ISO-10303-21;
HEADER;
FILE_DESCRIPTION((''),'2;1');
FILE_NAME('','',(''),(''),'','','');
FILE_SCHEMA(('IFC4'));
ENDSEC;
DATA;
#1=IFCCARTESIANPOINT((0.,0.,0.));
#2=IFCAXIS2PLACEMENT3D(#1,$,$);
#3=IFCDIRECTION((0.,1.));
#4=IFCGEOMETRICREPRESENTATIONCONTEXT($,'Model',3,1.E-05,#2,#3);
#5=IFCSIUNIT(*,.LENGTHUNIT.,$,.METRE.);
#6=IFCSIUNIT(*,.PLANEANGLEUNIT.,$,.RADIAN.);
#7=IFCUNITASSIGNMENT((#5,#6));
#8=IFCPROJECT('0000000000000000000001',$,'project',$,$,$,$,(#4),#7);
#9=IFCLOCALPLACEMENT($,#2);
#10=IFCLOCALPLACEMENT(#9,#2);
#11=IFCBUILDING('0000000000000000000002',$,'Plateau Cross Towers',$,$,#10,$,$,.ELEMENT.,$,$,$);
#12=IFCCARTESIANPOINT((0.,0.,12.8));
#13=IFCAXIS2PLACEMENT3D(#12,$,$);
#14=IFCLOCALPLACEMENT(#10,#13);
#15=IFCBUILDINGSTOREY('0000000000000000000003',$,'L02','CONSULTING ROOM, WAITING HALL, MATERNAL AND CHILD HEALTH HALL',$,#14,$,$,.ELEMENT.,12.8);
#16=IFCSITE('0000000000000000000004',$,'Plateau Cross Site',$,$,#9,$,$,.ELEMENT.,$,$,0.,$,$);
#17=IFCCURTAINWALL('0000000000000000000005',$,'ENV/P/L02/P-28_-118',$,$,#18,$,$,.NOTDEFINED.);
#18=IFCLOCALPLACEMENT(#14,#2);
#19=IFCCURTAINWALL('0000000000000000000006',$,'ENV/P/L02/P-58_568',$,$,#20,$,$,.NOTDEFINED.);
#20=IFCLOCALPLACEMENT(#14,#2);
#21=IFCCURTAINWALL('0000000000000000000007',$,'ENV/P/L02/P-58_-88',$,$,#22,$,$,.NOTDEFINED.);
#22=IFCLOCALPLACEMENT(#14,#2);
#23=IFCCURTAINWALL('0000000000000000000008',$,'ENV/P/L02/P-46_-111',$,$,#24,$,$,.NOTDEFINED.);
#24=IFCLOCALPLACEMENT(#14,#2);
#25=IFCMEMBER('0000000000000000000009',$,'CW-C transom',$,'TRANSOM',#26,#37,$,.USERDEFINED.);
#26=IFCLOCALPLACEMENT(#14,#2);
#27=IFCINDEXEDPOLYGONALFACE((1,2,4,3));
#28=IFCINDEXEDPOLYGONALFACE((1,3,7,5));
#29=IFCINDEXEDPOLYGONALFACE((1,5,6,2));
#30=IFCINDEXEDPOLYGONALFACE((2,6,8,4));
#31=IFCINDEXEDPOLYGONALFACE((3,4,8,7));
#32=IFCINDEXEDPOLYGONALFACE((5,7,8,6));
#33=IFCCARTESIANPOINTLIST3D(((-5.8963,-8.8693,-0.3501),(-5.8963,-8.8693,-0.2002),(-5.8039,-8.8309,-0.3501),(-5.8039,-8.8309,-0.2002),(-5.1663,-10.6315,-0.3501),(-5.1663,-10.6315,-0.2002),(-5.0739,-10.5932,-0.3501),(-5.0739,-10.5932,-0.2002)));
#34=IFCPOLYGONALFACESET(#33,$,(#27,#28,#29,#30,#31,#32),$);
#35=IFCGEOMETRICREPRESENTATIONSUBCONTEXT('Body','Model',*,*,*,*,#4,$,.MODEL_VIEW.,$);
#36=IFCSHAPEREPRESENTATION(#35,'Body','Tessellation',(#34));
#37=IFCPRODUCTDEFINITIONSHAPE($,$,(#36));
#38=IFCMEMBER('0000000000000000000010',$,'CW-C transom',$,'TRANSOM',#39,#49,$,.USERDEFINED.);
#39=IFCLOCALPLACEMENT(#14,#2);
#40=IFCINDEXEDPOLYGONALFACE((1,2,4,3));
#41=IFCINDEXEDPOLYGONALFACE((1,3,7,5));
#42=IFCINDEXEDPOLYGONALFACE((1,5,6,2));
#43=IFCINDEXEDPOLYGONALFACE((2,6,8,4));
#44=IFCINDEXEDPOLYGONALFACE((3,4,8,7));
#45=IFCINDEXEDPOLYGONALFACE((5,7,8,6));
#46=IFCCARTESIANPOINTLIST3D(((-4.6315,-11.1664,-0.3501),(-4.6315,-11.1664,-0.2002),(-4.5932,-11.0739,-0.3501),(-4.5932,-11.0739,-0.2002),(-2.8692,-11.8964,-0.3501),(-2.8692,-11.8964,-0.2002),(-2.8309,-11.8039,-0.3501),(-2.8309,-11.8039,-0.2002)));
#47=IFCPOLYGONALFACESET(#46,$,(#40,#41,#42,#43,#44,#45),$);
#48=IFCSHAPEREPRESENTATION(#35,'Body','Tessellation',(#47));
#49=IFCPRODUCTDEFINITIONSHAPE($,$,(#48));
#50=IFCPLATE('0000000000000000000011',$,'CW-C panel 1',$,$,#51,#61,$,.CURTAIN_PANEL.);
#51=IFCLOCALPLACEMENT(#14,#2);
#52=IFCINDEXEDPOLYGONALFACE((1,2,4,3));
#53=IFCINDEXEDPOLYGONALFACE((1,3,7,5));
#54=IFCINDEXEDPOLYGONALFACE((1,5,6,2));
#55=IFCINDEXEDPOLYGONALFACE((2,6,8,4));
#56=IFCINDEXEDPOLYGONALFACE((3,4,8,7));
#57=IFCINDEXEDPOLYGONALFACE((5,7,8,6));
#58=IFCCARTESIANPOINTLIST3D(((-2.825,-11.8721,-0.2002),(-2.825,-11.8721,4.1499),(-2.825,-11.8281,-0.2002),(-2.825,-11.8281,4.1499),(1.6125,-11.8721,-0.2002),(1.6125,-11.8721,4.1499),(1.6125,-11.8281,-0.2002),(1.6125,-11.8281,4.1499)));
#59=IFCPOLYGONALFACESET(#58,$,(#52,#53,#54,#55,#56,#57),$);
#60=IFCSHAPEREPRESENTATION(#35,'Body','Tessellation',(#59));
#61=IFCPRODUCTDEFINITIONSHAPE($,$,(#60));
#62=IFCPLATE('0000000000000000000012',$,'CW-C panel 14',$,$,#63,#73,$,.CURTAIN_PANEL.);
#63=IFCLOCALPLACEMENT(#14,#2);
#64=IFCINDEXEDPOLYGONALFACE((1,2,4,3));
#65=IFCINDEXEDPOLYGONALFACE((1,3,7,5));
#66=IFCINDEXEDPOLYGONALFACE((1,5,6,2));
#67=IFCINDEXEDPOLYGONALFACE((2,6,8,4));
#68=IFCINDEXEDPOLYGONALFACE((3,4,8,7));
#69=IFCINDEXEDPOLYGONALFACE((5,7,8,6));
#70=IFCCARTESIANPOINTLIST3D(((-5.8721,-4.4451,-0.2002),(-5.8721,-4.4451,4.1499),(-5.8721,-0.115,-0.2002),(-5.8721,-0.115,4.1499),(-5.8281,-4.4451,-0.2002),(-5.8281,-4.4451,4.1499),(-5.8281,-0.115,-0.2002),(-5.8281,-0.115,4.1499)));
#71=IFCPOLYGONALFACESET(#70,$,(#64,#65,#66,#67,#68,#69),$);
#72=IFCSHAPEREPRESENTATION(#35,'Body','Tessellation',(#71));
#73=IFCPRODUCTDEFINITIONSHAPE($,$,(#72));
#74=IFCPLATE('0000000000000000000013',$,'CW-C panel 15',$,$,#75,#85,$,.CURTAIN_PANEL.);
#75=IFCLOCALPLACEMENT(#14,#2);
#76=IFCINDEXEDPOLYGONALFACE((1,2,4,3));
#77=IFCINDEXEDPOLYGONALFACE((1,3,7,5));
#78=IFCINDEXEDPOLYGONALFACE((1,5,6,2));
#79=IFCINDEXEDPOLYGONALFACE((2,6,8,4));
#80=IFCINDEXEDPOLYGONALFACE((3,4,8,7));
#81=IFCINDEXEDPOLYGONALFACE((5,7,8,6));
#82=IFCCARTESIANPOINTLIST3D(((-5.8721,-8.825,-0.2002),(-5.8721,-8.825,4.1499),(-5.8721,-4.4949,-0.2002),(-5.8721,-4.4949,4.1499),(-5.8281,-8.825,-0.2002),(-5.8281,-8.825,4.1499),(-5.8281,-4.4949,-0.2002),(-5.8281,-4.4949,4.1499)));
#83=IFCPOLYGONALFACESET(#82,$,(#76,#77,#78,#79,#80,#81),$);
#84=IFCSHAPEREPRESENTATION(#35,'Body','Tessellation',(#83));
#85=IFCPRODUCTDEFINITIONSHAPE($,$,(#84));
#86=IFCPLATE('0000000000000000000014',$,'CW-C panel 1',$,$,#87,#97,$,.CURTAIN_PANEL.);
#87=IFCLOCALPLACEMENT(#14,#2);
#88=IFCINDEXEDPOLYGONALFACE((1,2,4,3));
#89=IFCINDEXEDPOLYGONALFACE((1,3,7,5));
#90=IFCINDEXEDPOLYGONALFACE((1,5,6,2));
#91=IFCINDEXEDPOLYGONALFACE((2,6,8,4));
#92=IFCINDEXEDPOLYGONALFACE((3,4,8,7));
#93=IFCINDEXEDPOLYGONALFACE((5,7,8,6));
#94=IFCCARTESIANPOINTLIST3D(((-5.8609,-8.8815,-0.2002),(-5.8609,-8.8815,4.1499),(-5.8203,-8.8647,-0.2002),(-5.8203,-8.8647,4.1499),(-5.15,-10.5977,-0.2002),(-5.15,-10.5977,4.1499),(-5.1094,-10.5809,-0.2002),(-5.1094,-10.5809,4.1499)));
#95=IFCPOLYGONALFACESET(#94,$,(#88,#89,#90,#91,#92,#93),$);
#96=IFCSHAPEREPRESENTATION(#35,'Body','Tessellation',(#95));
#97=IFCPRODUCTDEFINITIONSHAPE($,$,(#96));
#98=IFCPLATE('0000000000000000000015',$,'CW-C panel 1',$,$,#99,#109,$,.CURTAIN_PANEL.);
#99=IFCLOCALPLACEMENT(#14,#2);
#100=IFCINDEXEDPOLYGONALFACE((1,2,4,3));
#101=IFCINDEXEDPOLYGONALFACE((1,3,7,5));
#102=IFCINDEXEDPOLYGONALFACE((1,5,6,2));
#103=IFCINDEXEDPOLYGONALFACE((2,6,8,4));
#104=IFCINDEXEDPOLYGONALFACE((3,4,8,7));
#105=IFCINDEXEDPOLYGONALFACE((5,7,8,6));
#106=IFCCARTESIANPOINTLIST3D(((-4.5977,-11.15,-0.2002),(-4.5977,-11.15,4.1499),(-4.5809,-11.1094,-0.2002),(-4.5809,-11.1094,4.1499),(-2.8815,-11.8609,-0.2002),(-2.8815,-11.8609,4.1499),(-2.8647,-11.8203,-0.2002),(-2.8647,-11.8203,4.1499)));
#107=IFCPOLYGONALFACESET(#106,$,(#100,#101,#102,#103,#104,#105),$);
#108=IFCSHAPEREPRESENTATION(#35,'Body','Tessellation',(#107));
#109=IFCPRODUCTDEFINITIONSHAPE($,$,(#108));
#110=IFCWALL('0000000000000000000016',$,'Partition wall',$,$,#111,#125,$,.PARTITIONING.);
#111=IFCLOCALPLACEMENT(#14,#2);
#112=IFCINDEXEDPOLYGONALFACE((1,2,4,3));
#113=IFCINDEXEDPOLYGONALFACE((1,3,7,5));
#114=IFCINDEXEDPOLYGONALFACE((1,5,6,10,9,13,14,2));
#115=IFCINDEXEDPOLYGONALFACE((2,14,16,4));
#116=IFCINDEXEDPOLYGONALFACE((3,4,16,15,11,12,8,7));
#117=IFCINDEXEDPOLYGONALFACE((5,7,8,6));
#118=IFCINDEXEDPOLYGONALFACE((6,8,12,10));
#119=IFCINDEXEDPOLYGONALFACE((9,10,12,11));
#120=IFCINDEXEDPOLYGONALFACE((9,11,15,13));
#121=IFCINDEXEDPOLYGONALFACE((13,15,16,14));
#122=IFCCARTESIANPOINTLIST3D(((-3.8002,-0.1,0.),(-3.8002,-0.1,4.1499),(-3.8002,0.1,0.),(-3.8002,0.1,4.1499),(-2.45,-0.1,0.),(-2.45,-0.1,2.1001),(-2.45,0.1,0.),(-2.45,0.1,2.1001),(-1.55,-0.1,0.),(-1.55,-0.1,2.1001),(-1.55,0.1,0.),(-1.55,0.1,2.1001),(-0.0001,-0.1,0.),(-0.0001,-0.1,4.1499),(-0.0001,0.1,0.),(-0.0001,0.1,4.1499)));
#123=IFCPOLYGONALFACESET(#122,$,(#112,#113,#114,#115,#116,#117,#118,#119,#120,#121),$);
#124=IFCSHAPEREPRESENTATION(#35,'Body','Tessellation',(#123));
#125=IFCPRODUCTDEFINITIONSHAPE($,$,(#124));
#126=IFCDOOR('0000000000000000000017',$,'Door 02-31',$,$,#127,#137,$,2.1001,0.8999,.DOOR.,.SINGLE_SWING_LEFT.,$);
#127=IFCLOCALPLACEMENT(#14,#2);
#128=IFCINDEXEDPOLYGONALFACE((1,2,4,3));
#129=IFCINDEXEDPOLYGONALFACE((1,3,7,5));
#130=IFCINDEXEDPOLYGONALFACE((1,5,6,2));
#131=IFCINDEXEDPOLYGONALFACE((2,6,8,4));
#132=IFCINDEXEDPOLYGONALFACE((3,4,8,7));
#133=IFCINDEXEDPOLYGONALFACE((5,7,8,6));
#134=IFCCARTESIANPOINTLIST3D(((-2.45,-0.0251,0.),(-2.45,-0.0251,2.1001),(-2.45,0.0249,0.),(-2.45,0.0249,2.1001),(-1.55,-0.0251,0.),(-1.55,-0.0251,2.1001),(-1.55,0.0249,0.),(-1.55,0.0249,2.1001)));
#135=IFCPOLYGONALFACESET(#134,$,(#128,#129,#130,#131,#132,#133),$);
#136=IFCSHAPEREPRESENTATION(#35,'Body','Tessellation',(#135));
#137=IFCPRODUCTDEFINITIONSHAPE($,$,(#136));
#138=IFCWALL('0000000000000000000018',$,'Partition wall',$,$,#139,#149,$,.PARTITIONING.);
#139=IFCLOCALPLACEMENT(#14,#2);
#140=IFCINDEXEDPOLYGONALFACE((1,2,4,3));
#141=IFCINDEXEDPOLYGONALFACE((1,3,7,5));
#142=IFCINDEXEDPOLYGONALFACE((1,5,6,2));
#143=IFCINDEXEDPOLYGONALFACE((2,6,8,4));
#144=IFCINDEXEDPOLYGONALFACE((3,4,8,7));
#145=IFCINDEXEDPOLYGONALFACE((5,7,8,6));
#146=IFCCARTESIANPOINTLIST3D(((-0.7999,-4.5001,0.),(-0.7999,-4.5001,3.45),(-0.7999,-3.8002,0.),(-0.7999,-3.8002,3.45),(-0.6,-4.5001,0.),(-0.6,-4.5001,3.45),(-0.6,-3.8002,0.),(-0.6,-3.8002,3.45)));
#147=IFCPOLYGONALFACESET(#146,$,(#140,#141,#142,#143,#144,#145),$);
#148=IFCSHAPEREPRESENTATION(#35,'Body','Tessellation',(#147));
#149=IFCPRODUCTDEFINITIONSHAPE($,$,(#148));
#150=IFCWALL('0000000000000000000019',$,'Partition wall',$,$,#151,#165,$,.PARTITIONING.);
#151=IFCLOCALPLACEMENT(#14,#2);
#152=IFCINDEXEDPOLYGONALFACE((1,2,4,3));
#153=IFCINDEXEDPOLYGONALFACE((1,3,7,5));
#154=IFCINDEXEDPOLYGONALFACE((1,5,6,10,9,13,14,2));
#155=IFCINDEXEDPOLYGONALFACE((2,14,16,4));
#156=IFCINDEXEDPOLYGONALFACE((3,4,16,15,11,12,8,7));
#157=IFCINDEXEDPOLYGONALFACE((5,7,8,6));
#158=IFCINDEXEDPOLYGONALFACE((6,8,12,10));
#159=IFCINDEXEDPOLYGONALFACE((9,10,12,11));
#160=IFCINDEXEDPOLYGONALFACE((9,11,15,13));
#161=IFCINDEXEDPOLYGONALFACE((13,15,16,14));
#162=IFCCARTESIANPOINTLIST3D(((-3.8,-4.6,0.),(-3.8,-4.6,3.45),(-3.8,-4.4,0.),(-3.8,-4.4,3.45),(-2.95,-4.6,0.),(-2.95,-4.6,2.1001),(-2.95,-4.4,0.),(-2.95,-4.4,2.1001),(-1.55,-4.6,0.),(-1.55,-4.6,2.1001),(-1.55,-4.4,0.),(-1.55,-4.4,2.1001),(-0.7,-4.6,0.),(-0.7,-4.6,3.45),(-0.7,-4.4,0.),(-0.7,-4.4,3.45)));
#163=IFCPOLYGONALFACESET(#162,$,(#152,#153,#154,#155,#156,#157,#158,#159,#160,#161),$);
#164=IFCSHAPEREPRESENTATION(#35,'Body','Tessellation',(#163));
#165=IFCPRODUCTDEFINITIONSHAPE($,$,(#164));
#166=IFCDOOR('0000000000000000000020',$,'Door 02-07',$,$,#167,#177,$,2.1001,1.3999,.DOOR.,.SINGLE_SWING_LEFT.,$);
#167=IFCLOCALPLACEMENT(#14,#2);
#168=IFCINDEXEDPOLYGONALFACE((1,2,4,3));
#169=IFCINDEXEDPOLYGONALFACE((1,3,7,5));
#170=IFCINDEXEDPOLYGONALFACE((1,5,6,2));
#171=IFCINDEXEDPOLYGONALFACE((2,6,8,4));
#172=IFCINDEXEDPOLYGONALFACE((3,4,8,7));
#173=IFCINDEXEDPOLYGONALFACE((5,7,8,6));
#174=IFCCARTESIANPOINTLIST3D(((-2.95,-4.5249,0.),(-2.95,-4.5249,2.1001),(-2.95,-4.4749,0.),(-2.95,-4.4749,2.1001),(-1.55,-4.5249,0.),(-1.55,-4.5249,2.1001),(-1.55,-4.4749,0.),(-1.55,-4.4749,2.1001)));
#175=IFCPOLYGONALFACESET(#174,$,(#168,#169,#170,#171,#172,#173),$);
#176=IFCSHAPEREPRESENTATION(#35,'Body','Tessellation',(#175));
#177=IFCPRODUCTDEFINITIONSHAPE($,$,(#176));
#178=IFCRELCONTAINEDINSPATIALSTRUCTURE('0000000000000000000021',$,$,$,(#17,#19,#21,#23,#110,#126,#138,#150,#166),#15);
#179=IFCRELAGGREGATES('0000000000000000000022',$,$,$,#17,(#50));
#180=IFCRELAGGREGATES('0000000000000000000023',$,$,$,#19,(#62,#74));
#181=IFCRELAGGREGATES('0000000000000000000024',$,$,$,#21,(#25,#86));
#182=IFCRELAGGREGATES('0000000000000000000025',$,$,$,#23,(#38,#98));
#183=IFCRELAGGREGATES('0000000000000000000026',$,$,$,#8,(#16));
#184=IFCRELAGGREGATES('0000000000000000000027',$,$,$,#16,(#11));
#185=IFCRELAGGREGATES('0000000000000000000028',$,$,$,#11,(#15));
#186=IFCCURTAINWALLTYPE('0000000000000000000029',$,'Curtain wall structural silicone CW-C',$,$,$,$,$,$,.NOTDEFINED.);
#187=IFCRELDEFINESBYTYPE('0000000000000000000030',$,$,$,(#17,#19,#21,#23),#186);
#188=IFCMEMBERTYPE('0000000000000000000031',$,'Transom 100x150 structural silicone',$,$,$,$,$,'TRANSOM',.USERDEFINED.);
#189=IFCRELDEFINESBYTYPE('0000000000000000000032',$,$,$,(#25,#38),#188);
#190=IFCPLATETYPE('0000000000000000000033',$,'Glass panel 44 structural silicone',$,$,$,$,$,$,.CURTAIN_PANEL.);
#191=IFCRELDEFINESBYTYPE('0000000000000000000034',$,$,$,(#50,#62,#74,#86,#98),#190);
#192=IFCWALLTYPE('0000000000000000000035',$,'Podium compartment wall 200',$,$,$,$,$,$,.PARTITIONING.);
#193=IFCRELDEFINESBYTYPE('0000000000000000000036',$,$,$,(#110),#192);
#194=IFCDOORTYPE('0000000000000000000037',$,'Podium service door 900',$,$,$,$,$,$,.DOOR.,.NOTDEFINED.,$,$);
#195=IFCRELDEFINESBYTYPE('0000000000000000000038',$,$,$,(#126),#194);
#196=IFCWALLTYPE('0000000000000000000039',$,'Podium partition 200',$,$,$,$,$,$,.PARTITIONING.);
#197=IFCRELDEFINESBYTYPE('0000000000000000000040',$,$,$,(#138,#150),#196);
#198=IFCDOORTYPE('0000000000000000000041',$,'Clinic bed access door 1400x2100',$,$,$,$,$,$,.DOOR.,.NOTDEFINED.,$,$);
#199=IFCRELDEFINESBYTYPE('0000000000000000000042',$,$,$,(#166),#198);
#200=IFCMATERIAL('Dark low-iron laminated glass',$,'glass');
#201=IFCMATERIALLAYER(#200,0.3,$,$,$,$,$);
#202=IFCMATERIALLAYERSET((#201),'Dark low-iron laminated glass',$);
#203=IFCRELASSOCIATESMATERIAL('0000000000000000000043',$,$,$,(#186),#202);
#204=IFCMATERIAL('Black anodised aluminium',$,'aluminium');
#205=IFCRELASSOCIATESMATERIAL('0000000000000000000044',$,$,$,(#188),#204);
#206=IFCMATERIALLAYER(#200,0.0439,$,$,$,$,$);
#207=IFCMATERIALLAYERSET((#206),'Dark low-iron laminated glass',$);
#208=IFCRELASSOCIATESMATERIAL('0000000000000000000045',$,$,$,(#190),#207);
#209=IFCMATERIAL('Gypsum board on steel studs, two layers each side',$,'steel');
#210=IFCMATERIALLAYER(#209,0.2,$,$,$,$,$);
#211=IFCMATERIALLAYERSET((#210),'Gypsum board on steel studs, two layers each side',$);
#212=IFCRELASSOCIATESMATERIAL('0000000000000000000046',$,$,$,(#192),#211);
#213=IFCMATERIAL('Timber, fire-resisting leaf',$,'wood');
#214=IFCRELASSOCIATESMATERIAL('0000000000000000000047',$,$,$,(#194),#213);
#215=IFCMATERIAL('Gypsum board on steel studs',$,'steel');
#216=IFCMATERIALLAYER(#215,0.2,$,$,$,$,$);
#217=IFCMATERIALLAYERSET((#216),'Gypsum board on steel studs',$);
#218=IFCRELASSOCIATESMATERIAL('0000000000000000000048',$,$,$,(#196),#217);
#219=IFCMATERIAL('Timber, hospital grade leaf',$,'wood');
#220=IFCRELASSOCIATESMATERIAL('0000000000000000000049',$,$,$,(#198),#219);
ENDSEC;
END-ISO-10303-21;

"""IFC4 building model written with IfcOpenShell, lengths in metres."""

from ifc_helpers import new_model, si_unit, direction, frame, frame_2d, origin, origin_2d, place, context, subcontext, project, spatial, rectangle, extrude, material, layer, layer_set, material_profile, profile_set, type_object, element, fill, aggregate, save


model = new_model("IFC4")

# Units and contexts
model_context = context("Model", 3, precision=1e-05, world=origin(), true_north=direction((0.0, 1.0)))
body_context = subcontext(model_context, "Body", "Model", "MODEL_VIEW")
ifc_project = project(units=[si_unit("LENGTHUNIT", "METRE"), si_unit("PLANEANGLEUNIT", "RADIAN")], contexts=[model_context])

# Site, building, storey
site_placement = place(None, origin())
site = spatial("IfcSite", under=ifc_project, at=site_placement, Name="Plateau Cross Site", CompositionType="ELEMENT", RefElevation=0.0)
building_placement = place(site_placement, origin())
building = spatial("IfcBuilding", under=site, at=building_placement, Name="Plateau Cross Towers", CompositionType="ELEMENT")
storey_placement = place(building_placement, frame((0.0, 0.0, 12.8)))
storey = spatial("IfcBuildingStorey", under=building, at=storey_placement, Name="L02", Description="CONSULTING ROOM, WAITING HALL, MATERNAL AND CHILD HEALTH HALL", CompositionType="ELEMENT", Elevation=12.8)

# Curtain wall
ifc_material_1 = material(Name="Dark low-iron laminated glass", Category="glass")
ifc_layer_1 = layer(ifc_material_1, 0.3)
ifc_layer_set_1 = layer_set([ifc_layer_1], Name="Dark low-iron laminated glass")
curtain_wall_type = type_object("IfcCurtainWallType", Name="Curtain wall structural silicone CW-C", PredefinedType="NOTDEFINED", material=ifc_layer_set_1)
curtain_wall_1_placement = place(storey_placement, origin())
curtain_wall_1 = element("IfcCurtainWall", 1, at=curtain_wall_1_placement, inside=storey, type_object=curtain_wall_type, Name="ENV/P/L02/P-28_-118", PredefinedType="NOTDEFINED")
ifc_material_2 = material(Name="Black anodised aluminium", Category="aluminium")

# Curtain walls
curtain_wall_2_placement = place(storey_placement, origin())
curtain_wall_2 = element("IfcCurtainWall", 2, at=curtain_wall_2_placement, inside=storey, type_object=curtain_wall_type, Name="ENV/P/L02/P-58_568", PredefinedType="NOTDEFINED")
curtain_wall_3_placement = place(storey_placement, origin())
curtain_wall_3 = element("IfcCurtainWall", 3, at=curtain_wall_3_placement, inside=storey, type_object=curtain_wall_type, Name="ENV/P/L02/P-58_-88", PredefinedType="NOTDEFINED")

# Curtain wall
curtain_wall_4_placement = place(storey_placement, origin())
curtain_wall_4 = element("IfcCurtainWall", 4, at=curtain_wall_4_placement, inside=storey, type_object=curtain_wall_type, Name="ENV/P/L02/P-46_-111", PredefinedType="NOTDEFINED")

# Members
ifc_material_profile_1 = material_profile(ifc_material_2, rectangle(XDim=0.1001, YDim=0.1499, at=origin_2d()), Name="TRANSOM 100x150")
ifc_profile_set_1 = profile_set([ifc_material_profile_1], Name="Black anodised aluminium")
member_type_1 = type_object("IfcMemberType", Name="Transom 100x150 structural silicone", ElementType="TRANSOM", PredefinedType="USERDEFINED", material=ifc_profile_set_1)
member_1_placement = place(storey_placement, frame((-5.8501, -8.8501, -0.2751), z_axis=(0.382706, -0.92387, 0.0), x_axis=(0.92387, 0.382706, 0.0)))
member_1 = element("IfcMember", 5, at=member_1_placement, type_object=member_type_1, Name="CW-C transom", ObjectType="TRANSOM", PredefinedType="USERDEFINED", context=body_context, shape_type="SweptSolid", body=[
    extrude(rectangle(XDim=0.1001, YDim=0.1499, at=origin_2d()), origin(), (0.0, 0.0, 1.0), 1.9075),
])
member_2_placement = place(storey_placement, frame((-4.6123, -11.1201, -0.2751), z_axis=(0.92387, -0.382706, 0.0), x_axis=(0.382706, 0.92387, 0.0)))
member_2 = element("IfcMember", 6, at=member_2_placement, type_object=member_type_1, Name="CW-C transom", ObjectType="TRANSOM", PredefinedType="USERDEFINED", context=body_context, shape_type="SweptSolid", body=[
    extrude(rectangle(XDim=0.1001, YDim=0.1499, at=origin_2d()), origin(), (0.0, 0.0, 1.0), 1.9075),
])

# Plates
ifc_layer_2 = layer(ifc_material_1, 0.0439)
ifc_layer_set_2 = layer_set([ifc_layer_2], Name="Dark low-iron laminated glass")
plate_type = type_object("IfcPlateType", Name="Glass panel 44 structural silicone", PredefinedType="CURTAIN_PANEL", material=ifc_layer_set_2)
plate_1_placement = place(storey_placement, frame((-0.6062, -11.8501, -0.2002), z_axis=(0.0, 0.0, 1.0), x_axis=(1.0, 0.0, 0.0)))
plate_1 = element("IfcPlate", 7, at=plate_1_placement, type_object=plate_type, Name="CW-C panel 1", PredefinedType="CURTAIN_PANEL", context=body_context, shape_type="SweptSolid", body=[
    extrude(rectangle(XDim=4.4375, YDim=0.0439, at=origin_2d()), origin(), (0.0, 0.0, 1.0), 4.3501),
])
aggregate(curtain_wall_1, [plate_1])
plate_2_placement = place(storey_placement, frame((-5.8501, -2.28, -0.2002), z_axis=(0.0, 0.0, 1.0), x_axis=(0.0, -1.0, 0.0)))
plate_2 = element("IfcPlate", 8, at=plate_2_placement, type_object=plate_type, Name="CW-C panel 14", PredefinedType="CURTAIN_PANEL", context=body_context, shape_type="SweptSolid", body=[
    extrude(rectangle(XDim=4.3301, YDim=0.0439, at=origin_2d()), origin(), (0.0, 0.0, 1.0), 4.3501),
])
plate_3_placement = place(storey_placement, frame((-5.8501, -6.6599, -0.2002), z_axis=(0.0, 0.0, 1.0), x_axis=(0.0, -1.0, 0.0)))
plate_3 = element("IfcPlate", 9, at=plate_3_placement, type_object=plate_type, Name="CW-C panel 15", PredefinedType="CURTAIN_PANEL", context=body_context, shape_type="SweptSolid", body=[
    extrude(rectangle(XDim=4.3301, YDim=0.0439, at=origin_2d()), origin(), (0.0, 0.0, 1.0), 4.3501),
])
aggregate(curtain_wall_2, [plate_2, plate_3])
plate_4_placement = place(storey_placement, frame((-5.4851, -9.7312, -0.2002), z_axis=(0.0, 0.0, 1.0), x_axis=(0.382684, -0.923879, 0.0)))
plate_4 = element("IfcPlate", 10, at=plate_4_placement, type_object=plate_type, Name="CW-C panel 1", PredefinedType="CURTAIN_PANEL", context=body_context, shape_type="SweptSolid", body=[
    extrude(rectangle(XDim=1.8577, YDim=0.0439, at=origin_2d()), origin(), (0.0, 0.0, 1.0), 4.3501),
])
aggregate(curtain_wall_3, [member_1, plate_4])
plate_5_placement = place(storey_placement, frame((-3.7312, -11.4851, -0.2002), z_axis=(0.0, 0.0, 1.0), x_axis=(0.923879, -0.382684, 0.0)))
plate_5 = element("IfcPlate", 11, at=plate_5_placement, type_object=plate_type, Name="CW-C panel 1", PredefinedType="CURTAIN_PANEL", context=body_context, shape_type="SweptSolid", body=[
    extrude(rectangle(XDim=1.8577, YDim=0.0439, at=origin_2d()), origin(), (0.0, 0.0, 1.0), 4.3501),
])
aggregate(curtain_wall_4, [member_2, plate_5])

# Wall, opening, door
ifc_material_3 = material(Name="Gypsum board on steel studs, two layers each side", Category="steel")
ifc_layer_3 = layer(ifc_material_3, 0.2)
ifc_layer_set_3 = layer_set([ifc_layer_3], Name="Gypsum board on steel studs, two layers each side")
wall_type_1 = type_object("IfcWallType", Name="Podium compartment wall 200", PredefinedType="PARTITIONING", material=ifc_layer_set_3)
wall_1_placement = place(storey_placement, frame((-3.8, 0.0, 0.0), z_axis=(0.0, 0.0, 1.0), x_axis=(1.0, 0.0, 0.0)))
wall_1 = element("IfcWall", 12, at=wall_1_placement, inside=storey, type_object=wall_type_1, Name="Partition wall", PredefinedType="PARTITIONING", context=body_context, shape_type="SweptSolid", body=[
    extrude(rectangle(XDim=3.8, YDim=0.2, at=frame_2d((1.8999, 0.0))), origin(), (0.0, 0.0, 1.0), 4.1499),
])
opening_1_placement = place(wall_1_placement, frame((1.3501, 0.0, 0.0)))
opening_1 = element("IfcOpeningElement", 13, at=opening_1_placement, cuts=wall_1, PredefinedType="OPENING", context=body_context, shape_type="SweptSolid", body=[
    extrude(rectangle(XDim=0.8999, YDim=2.1001, at=frame_2d((0.45, 1.05))), frame((0.0, 0.1099, 0.0), z_axis=(0.0, -1.0, 0.0), x_axis=(1.0, 0.0, 0.0)), (0.0, 0.0, 1.0), 0.22),
])
ifc_material_4 = material(Name="Timber, fire-resisting leaf", Category="wood")
door_type_1 = type_object("IfcDoorType", Name="Podium service door 900", OperationType="NOTDEFINED", PredefinedType="DOOR", material=ifc_material_4)
door_1_placement = place(opening_1_placement, origin())
door_1 = element("IfcDoor", 14, at=door_1_placement, inside=storey, type_object=door_type_1, Name="Door 02-31", OperationType="SINGLE_SWING_LEFT", OverallHeight=2.1001, OverallWidth=0.8999, PredefinedType="DOOR", context=body_context, shape_type="SweptSolid", body=[
    extrude(rectangle(XDim=0.8999, YDim=2.1001, at=frame_2d((0.45, 1.05))), frame((0.0, 0.0249, 0.0), z_axis=(0.0, -1.0, 0.0), x_axis=(1.0, 0.0, 0.0)), (0.0, 0.0, 1.0), 0.05),
])
fill(opening_1, door_1)

# Wall
ifc_material_5 = material(Name="Gypsum board on steel studs", Category="steel")
ifc_layer_4 = layer(ifc_material_5, 0.2)
ifc_layer_set_4 = layer_set([ifc_layer_4], Name="Gypsum board on steel studs")
wall_type_2 = type_object("IfcWallType", Name="Podium partition 200", PredefinedType="PARTITIONING", material=ifc_layer_set_4)
wall_2_placement = place(storey_placement, frame((-0.7, -3.8, 0.0), z_axis=(0.0, 0.0, 1.0), x_axis=(0.0, -1.0, 0.0)))
element("IfcWall", 15, at=wall_2_placement, inside=storey, type_object=wall_type_2, Name="Partition wall", PredefinedType="PARTITIONING", context=body_context, shape_type="SweptSolid", body=[
    extrude(rectangle(XDim=0.7, YDim=0.2, at=frame_2d((0.3501, 0.0))), origin(), (0.0, 0.0, 1.0), 3.45),
])

# Wall, opening, door
wall_3_placement = place(storey_placement, frame((-0.7, -4.5, 0.0), z_axis=(0.0, 0.0, 1.0), x_axis=(-1.0, 0.0, 0.0)))
wall_3 = element("IfcWall", 16, at=wall_3_placement, inside=storey, type_object=wall_type_2, Name="Partition wall", PredefinedType="PARTITIONING", context=body_context, shape_type="SweptSolid", body=[
    extrude(rectangle(XDim=3.1001, YDim=0.2, at=frame_2d((1.55, 0.0))), origin(), (0.0, 0.0, 1.0), 3.45),
])
opening_2_placement = place(wall_3_placement, frame((0.8501, 0.0, 0.0)))
opening_2 = element("IfcOpeningElement", 17, at=opening_2_placement, cuts=wall_3, PredefinedType="OPENING", context=body_context, shape_type="SweptSolid", body=[
    extrude(rectangle(XDim=1.3999, YDim=2.1001, at=frame_2d((0.7, 1.05))), frame((0.0, 0.1099, 0.0), z_axis=(0.0, -1.0, 0.0), x_axis=(1.0, 0.0, 0.0)), (0.0, 0.0, 1.0), 0.22),
])
ifc_material_6 = material(Name="Timber, hospital grade leaf", Category="wood")
door_type_2 = type_object("IfcDoorType", Name="Clinic bed access door 1400x2100", OperationType="NOTDEFINED", PredefinedType="DOOR", material=ifc_material_6)
door_2_placement = place(opening_2_placement, origin())
door_2 = element("IfcDoor", 18, at=door_2_placement, inside=storey, type_object=door_type_2, Name="Door 02-07", OperationType="SINGLE_SWING_LEFT", OverallHeight=2.1001, OverallWidth=1.3999, PredefinedType="DOOR", context=body_context, shape_type="SweptSolid", body=[
    extrude(rectangle(XDim=1.3999, YDim=2.1001, at=frame_2d((0.7, 1.05))), frame((0.0, 0.0249, 0.0), z_axis=(0.0, -1.0, 0.0), x_axis=(1.0, 0.0, 0.0)), (0.0, 0.0, 1.0), 0.05),
])
fill(opening_2, door_2)

save(model, "model.ifc")
